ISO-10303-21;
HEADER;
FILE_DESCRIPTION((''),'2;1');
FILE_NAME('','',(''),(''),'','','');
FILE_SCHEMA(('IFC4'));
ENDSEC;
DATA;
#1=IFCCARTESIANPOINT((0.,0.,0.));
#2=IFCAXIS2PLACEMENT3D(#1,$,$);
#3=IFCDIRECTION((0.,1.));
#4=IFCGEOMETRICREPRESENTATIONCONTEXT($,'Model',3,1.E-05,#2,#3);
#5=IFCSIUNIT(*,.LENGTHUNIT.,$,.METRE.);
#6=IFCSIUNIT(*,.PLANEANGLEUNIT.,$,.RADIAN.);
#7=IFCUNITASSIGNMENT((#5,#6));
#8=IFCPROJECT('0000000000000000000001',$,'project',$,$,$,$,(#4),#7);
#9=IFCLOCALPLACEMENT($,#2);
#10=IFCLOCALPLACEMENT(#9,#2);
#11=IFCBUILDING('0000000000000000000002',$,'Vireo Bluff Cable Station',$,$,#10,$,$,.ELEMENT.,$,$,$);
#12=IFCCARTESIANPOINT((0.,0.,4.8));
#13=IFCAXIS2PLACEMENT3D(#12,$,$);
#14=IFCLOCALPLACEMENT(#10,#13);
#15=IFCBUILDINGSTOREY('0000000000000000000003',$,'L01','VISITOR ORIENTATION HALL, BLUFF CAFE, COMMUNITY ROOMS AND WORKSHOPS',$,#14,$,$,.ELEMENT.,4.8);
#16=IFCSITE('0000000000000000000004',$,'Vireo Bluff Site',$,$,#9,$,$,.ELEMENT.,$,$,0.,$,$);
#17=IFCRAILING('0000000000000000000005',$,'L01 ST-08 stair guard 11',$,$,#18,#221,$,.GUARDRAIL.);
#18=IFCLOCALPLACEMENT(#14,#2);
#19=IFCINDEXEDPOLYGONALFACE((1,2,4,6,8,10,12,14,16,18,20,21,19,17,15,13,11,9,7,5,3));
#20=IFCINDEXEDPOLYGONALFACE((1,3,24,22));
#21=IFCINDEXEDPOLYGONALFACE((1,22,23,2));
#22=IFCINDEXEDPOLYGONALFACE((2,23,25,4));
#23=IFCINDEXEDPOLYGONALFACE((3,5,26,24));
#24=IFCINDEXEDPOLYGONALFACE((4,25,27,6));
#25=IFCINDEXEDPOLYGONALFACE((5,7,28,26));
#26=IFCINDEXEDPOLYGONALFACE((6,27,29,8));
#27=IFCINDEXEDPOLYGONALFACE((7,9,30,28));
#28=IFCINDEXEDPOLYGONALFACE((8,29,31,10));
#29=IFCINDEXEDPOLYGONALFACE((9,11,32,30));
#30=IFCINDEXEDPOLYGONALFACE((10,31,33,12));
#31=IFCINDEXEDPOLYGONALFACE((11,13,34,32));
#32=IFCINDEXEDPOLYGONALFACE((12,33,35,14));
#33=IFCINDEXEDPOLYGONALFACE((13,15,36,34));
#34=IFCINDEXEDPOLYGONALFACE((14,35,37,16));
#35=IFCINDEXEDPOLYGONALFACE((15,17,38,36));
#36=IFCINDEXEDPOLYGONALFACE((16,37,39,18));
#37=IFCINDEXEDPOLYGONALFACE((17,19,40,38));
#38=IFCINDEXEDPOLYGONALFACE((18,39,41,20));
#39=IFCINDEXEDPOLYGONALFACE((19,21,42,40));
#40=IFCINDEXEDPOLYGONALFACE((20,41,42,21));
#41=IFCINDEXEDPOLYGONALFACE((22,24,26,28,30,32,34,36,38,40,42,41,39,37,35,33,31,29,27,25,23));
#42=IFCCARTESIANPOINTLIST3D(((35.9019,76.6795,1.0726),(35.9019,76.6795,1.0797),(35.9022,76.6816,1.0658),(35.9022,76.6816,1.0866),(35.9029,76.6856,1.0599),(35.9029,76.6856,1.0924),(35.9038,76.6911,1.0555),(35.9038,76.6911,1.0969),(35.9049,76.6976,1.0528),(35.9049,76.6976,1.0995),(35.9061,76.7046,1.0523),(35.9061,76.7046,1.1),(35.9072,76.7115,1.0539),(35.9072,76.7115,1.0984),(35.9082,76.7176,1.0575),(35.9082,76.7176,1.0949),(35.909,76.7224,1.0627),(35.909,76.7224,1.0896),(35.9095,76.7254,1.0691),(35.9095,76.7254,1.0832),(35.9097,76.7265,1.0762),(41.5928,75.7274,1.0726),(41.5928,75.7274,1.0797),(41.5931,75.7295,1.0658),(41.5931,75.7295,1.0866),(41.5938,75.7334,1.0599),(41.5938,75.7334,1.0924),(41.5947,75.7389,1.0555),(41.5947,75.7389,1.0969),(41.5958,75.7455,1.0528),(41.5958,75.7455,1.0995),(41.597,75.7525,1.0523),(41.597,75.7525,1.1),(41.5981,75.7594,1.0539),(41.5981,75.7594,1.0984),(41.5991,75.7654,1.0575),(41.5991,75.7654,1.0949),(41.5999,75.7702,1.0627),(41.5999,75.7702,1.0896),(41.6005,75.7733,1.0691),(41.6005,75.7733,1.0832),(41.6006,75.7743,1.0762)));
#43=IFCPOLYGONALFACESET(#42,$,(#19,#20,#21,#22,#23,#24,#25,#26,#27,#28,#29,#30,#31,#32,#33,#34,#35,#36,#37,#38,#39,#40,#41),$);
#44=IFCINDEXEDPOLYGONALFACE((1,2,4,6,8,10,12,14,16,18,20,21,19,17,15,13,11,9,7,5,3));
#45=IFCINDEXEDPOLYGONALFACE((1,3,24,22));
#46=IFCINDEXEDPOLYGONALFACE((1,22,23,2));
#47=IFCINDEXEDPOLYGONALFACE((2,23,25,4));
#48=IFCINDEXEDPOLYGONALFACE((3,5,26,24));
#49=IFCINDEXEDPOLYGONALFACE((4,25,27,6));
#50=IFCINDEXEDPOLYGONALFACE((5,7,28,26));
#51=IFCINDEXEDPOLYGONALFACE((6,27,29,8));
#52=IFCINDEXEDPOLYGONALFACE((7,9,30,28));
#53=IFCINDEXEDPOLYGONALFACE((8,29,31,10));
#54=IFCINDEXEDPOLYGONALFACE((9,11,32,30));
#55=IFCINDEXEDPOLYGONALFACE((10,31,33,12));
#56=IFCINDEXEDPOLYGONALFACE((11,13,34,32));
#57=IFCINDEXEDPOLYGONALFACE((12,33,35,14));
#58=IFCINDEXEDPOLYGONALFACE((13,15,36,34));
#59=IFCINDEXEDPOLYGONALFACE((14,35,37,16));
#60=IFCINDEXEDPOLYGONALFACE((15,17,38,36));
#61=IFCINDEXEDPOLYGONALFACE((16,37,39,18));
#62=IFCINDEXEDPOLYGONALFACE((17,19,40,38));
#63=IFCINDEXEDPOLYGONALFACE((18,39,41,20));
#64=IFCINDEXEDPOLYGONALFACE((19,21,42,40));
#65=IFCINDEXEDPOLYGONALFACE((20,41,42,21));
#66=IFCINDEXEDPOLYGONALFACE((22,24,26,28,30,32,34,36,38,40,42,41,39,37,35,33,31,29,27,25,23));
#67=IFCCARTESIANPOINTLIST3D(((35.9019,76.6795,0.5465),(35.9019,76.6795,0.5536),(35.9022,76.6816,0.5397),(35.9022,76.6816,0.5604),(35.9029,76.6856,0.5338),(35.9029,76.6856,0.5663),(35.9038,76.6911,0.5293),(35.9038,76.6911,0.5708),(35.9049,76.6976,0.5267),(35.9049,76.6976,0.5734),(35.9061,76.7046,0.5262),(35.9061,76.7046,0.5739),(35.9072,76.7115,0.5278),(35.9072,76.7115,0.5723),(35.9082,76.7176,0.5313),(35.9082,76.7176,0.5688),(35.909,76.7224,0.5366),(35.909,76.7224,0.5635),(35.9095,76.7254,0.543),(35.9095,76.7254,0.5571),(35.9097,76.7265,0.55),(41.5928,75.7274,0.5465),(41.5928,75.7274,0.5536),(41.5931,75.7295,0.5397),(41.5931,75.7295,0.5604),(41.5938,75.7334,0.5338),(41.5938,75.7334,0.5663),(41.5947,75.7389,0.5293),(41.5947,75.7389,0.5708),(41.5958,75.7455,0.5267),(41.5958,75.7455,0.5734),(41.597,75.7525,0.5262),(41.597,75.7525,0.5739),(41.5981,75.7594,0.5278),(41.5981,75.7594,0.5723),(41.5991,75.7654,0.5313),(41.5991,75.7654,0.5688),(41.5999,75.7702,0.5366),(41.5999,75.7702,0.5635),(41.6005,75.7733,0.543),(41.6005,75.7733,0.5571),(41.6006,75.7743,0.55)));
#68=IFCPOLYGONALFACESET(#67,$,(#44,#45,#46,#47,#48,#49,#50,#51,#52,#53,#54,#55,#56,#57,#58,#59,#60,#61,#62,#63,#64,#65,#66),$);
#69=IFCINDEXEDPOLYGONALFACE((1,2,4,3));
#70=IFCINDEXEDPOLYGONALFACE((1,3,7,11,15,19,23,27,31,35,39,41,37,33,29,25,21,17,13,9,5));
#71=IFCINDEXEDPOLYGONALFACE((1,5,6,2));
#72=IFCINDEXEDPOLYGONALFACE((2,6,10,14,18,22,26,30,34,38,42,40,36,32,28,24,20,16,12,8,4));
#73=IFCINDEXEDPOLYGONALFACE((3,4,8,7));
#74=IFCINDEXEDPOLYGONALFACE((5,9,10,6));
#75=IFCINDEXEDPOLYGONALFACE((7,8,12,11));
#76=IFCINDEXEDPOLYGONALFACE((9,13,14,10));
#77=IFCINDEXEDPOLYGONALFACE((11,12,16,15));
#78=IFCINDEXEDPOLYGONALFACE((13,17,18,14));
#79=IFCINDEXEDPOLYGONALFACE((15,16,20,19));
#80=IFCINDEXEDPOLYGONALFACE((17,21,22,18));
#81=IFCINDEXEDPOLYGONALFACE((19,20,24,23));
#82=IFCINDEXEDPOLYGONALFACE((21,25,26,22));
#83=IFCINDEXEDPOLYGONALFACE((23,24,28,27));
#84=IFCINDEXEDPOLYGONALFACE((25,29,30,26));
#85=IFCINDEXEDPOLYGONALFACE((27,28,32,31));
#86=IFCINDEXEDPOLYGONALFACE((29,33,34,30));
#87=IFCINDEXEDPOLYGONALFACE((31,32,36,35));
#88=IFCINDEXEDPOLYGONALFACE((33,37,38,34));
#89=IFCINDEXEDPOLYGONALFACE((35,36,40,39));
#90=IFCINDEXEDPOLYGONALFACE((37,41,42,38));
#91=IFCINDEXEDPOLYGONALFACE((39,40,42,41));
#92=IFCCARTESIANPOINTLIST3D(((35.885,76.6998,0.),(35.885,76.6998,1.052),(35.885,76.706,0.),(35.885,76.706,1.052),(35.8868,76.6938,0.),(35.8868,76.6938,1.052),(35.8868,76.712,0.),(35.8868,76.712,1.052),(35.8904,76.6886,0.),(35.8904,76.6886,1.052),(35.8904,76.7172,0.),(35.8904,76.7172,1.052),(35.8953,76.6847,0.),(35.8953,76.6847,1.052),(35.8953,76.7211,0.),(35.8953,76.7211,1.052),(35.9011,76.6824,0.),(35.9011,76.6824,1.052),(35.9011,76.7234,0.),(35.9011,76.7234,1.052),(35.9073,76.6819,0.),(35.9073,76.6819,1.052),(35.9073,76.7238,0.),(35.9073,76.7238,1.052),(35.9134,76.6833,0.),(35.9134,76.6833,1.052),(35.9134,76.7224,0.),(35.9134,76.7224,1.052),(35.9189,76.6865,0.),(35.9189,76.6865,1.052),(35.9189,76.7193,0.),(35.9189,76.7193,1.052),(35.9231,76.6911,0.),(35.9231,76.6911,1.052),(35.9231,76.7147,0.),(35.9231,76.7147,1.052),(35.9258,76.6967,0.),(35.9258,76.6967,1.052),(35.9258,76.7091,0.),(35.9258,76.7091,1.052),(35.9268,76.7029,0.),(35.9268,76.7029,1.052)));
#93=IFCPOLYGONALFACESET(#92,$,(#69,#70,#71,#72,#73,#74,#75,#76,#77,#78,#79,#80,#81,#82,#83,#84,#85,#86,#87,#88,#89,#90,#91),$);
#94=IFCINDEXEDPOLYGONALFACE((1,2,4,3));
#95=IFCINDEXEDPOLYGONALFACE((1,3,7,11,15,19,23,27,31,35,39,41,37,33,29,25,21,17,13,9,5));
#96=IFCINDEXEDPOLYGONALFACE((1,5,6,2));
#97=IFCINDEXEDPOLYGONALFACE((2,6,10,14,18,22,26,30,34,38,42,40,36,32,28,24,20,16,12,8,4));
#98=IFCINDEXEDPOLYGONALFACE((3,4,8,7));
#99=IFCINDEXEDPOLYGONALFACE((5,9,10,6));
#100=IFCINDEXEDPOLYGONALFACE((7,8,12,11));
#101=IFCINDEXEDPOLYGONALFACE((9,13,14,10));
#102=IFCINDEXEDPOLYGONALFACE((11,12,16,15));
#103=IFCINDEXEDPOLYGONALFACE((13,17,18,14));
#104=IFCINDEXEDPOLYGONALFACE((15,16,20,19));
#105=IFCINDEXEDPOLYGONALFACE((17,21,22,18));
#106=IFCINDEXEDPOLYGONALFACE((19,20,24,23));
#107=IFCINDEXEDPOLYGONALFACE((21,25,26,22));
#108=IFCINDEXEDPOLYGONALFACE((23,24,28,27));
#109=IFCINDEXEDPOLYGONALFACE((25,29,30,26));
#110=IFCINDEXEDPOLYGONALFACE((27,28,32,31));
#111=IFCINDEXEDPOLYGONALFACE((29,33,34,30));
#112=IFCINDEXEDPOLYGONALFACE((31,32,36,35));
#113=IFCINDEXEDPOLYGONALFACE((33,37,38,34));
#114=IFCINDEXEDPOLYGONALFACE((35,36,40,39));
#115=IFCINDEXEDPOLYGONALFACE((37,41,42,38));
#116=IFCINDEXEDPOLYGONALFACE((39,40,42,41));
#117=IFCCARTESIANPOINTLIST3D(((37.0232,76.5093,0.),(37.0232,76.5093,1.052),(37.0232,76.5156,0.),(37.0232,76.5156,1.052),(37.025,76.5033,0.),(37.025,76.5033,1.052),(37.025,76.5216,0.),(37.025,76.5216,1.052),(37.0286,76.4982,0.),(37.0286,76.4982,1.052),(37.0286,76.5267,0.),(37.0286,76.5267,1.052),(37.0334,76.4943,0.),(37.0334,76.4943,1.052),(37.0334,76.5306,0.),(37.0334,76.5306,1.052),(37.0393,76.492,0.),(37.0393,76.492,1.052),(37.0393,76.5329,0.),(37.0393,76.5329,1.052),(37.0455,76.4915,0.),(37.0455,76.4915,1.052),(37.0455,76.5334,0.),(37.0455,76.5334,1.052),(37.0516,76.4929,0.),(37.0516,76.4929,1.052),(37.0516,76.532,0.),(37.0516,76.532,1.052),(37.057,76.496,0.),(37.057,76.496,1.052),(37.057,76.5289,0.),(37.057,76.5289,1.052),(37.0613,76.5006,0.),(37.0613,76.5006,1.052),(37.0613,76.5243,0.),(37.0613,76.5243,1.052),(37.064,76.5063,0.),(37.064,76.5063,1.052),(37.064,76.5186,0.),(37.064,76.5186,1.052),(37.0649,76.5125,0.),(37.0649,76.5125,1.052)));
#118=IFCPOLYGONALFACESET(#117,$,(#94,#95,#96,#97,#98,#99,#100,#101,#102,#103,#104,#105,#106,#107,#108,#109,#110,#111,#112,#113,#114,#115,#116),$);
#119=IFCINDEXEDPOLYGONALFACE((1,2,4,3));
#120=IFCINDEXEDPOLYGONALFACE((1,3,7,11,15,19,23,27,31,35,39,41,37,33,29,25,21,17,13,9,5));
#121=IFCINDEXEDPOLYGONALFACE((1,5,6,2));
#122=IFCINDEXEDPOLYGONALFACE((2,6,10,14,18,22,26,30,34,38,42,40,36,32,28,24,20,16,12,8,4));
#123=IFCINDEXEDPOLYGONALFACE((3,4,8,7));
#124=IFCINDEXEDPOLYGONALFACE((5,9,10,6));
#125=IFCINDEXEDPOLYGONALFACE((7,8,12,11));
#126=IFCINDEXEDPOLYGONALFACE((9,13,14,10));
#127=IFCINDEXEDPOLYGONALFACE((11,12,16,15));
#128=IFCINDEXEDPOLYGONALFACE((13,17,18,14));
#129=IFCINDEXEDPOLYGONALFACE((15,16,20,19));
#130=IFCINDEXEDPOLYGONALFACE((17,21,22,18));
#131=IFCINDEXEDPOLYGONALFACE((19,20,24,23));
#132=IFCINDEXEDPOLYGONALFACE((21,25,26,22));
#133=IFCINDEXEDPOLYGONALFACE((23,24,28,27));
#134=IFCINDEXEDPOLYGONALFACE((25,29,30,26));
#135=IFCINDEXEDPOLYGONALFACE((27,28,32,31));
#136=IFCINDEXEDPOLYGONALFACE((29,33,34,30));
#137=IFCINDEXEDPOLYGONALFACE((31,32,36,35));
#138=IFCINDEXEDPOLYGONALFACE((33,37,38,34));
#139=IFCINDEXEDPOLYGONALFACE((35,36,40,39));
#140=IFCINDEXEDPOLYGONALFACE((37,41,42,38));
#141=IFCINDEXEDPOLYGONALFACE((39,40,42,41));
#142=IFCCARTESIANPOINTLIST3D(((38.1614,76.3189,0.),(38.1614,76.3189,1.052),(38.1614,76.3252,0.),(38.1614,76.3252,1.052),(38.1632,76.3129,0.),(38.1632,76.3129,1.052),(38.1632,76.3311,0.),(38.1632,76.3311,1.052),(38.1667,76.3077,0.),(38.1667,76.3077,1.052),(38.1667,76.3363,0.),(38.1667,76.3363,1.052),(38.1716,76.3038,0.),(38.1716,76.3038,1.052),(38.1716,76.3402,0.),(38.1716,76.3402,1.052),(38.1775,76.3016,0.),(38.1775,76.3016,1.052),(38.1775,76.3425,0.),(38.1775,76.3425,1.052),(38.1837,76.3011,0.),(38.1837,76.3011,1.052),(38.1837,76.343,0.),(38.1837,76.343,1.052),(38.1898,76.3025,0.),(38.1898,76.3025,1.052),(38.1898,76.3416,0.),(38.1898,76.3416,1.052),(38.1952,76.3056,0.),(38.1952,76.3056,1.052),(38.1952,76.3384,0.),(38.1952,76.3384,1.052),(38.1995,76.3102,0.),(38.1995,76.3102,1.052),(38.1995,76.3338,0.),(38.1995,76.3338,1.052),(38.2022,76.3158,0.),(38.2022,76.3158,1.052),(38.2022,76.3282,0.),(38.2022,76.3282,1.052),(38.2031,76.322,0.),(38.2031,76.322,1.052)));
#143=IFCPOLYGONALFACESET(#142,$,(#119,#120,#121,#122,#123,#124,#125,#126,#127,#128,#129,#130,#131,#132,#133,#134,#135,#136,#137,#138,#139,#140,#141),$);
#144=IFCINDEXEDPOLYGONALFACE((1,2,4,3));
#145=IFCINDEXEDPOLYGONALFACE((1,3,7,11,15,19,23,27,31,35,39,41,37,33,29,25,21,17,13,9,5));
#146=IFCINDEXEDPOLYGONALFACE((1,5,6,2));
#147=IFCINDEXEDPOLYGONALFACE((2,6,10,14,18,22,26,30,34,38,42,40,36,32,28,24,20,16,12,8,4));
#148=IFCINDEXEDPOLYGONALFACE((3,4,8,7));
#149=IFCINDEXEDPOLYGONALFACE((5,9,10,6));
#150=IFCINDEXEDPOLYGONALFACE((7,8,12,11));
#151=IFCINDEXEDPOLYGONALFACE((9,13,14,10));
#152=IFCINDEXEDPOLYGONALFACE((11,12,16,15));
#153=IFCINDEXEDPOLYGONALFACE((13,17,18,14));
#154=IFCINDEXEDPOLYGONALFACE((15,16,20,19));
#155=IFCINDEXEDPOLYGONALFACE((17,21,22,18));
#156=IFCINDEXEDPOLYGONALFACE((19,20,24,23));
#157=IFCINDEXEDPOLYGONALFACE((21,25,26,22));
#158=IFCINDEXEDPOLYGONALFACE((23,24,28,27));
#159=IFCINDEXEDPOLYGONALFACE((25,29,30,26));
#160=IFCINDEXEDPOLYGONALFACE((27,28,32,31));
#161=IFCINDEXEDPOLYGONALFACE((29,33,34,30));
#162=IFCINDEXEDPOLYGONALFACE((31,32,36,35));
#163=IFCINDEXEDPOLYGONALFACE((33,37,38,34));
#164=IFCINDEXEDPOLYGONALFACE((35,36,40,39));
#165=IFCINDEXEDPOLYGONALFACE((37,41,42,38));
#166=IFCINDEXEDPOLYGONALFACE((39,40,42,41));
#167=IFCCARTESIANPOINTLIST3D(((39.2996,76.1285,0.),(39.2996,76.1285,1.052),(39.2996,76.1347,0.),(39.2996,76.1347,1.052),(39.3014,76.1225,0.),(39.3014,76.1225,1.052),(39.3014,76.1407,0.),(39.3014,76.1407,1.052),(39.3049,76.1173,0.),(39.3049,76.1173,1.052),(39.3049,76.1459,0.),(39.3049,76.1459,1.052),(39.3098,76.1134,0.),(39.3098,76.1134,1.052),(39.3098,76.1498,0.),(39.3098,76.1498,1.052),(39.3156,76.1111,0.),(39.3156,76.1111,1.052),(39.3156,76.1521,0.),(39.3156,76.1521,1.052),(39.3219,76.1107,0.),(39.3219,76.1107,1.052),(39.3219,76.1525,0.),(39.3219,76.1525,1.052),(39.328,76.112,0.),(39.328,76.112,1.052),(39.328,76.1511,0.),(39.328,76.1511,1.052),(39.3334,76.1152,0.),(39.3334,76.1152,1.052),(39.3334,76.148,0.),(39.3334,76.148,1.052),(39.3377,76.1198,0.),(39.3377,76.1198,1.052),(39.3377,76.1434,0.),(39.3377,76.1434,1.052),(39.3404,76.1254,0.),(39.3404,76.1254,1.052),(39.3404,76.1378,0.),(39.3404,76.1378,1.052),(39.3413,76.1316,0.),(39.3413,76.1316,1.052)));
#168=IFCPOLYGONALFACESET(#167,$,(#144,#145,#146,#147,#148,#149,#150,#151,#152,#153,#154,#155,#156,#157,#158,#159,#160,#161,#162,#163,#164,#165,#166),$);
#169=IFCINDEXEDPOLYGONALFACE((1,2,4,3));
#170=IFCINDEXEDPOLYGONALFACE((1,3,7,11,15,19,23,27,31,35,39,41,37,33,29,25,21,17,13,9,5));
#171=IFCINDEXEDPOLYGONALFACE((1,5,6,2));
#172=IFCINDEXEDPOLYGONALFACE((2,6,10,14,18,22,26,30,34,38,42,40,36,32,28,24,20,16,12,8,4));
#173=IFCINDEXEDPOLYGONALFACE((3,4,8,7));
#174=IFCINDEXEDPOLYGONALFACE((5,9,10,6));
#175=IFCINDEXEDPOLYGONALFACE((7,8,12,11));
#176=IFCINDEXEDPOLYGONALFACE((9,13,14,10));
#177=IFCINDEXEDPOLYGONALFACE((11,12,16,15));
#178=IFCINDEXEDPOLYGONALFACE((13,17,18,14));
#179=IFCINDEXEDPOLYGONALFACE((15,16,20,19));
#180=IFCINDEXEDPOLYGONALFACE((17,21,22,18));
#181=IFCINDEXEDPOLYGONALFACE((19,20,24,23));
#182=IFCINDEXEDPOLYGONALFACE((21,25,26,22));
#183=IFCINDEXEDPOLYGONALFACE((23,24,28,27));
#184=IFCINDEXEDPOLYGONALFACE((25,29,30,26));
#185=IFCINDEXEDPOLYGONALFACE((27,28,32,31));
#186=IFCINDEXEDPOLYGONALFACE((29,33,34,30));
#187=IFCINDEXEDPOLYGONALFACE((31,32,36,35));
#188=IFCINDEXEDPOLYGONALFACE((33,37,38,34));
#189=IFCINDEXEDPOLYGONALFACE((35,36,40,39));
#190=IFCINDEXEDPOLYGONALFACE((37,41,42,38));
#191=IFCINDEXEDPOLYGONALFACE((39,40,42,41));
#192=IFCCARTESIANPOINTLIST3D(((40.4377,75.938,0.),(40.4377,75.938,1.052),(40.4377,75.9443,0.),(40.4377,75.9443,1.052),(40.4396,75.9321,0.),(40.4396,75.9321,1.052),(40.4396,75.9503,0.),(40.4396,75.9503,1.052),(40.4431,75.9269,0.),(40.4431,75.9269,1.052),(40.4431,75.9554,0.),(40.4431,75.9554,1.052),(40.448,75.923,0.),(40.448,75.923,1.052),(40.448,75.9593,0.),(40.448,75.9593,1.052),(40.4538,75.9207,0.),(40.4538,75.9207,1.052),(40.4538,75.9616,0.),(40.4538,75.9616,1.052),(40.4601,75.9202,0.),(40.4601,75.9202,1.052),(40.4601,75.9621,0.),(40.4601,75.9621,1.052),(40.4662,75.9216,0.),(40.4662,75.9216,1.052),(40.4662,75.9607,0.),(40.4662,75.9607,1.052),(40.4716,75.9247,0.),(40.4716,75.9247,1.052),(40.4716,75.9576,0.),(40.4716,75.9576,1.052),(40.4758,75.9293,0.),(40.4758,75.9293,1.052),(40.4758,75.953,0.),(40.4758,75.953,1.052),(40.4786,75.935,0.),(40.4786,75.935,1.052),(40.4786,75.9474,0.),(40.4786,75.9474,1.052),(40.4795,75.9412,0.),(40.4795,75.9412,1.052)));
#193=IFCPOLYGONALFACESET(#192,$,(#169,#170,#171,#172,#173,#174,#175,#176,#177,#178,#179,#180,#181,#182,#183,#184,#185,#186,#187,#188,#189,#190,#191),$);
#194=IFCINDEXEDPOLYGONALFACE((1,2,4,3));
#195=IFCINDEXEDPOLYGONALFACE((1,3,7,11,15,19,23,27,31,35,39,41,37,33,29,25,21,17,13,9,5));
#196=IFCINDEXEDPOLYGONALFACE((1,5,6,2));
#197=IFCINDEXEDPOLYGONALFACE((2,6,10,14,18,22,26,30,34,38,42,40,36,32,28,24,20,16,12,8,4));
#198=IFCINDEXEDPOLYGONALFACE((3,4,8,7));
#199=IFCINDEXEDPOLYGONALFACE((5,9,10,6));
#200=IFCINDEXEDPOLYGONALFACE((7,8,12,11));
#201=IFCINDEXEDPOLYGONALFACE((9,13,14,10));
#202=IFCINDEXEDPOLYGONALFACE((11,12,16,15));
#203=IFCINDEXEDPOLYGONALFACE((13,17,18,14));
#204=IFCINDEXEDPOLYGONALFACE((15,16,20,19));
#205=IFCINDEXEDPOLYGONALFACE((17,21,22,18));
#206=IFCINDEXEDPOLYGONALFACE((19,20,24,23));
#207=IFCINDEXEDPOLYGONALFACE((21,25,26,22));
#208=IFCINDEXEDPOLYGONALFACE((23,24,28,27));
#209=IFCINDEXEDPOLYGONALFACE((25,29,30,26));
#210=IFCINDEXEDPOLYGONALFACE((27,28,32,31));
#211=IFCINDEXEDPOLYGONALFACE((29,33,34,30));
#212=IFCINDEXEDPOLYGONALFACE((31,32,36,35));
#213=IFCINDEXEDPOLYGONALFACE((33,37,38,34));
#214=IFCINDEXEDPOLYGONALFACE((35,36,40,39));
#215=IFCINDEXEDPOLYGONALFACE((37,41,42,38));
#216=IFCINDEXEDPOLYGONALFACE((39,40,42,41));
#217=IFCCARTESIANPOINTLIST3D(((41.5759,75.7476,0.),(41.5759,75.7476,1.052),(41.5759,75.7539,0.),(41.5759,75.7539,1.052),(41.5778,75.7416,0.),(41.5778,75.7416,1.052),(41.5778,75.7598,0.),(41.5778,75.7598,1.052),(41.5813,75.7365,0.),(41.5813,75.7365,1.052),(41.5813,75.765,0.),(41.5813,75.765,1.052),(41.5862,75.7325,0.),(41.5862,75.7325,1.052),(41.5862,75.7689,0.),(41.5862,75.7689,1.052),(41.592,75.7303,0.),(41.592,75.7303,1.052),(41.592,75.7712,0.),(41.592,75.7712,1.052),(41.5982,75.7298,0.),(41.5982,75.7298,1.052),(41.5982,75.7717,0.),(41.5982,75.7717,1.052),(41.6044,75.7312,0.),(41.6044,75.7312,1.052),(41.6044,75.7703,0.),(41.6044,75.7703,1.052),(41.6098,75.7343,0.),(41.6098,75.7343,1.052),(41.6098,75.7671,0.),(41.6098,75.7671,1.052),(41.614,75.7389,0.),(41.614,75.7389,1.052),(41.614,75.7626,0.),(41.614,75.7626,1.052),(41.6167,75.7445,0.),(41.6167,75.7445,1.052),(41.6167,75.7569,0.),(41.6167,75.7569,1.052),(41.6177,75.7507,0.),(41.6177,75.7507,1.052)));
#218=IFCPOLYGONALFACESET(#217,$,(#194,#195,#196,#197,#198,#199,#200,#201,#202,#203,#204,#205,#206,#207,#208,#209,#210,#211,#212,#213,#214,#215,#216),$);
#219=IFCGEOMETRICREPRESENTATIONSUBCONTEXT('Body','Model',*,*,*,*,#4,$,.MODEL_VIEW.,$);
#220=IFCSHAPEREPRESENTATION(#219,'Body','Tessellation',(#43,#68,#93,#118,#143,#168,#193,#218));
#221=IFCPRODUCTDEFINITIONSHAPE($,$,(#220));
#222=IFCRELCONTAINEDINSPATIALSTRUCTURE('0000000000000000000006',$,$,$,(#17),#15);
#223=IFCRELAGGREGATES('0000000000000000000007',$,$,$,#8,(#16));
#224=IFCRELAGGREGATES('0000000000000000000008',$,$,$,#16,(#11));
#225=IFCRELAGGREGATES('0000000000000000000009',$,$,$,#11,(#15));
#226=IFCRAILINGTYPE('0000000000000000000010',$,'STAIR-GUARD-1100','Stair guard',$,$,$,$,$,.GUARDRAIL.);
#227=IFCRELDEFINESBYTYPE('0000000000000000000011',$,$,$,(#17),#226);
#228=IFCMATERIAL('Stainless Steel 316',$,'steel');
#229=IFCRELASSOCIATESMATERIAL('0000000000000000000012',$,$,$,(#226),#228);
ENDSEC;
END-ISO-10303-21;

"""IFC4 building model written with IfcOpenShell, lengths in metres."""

from ifc_helpers import new_model, si_unit, direction, frame, origin, origin_2d, place, context, subcontext, project, spatial, circle, extrude, material, type_object, element, save


model = new_model("IFC4")

# Units and contexts
model_context = context("Model", 3, precision=1e-05, world=origin(), true_north=direction((0.0, 1.0)))
body_context = subcontext(model_context, "Body", "Model", "MODEL_VIEW")
ifc_project = project(units=[si_unit("LENGTHUNIT", "METRE"), si_unit("PLANEANGLEUNIT", "RADIAN")], contexts=[model_context])

# Site, building, storey
site_placement = place(None, origin())
site = spatial("IfcSite", under=ifc_project, at=site_placement, Name="Vireo Bluff Site", CompositionType="ELEMENT", RefElevation=0.0)
building_placement = place(site_placement, origin())
building = spatial("IfcBuilding", under=site, at=building_placement, Name="Vireo Bluff Cable Station", CompositionType="ELEMENT")
storey_placement = place(building_placement, frame((0.0, 0.0, 4.8)))
storey = spatial("IfcBuildingStorey", under=building, at=storey_placement, Name="L01", Description="VISITOR ORIENTATION HALL, BLUFF CAFE, COMMUNITY ROOMS AND WORKSHOPS", CompositionType="ELEMENT", Elevation=4.8)

# Railing
ifc_material_1 = material(Name="Stainless Steel 316", Category="steel")
railing_type_1 = type_object("IfcRailingType", Name="STAIR-GUARD-1100", Description="Stair guard", PredefinedType="GUARDRAIL", material=ifc_material_1)
railing_1_placement = place(storey_placement, frame((35.9058, 76.7029, 0.0)))
element("IfcRailing", 1, at=railing_1_placement, inside=storey, type_object=railing_type_1, Name="L01 ST-08 stair guard 11", PredefinedType="GUARDRAIL", context=body_context, shape_type="SweptSolid", body=[
    extrude(circle(Radius=0.0239, at=origin_2d()), frame((0.0, 0.0, 1.0762), z_axis=(0.986291, -0.165016, 0.0), x_axis=(0.165016, 0.986291, 0.0)), (0.0, 0.0, 1.0), 5.77),
    extrude(circle(Radius=0.0239, at=origin_2d()), frame((0.0, 0.0, 0.55), z_axis=(0.986291, -0.165016, 0.0), x_axis=(0.165016, 0.986291, 0.0)), (0.0, 0.0, 1.0), 5.77),
    extrude(circle(Radius=0.021, at=origin_2d()), origin(), (0.0, 0.0, 1.0), 1.052),
    extrude(circle(Radius=0.021, at=origin_2d()), frame((1.1382, -0.1904, 0.0)), (0.0, 0.0, 1.0), 1.052),
    extrude(circle(Radius=0.021, at=origin_2d()), frame((2.2764, -0.3809, 0.0)), (0.0, 0.0, 1.0), 1.052),
    extrude(circle(Radius=0.021, at=origin_2d()), frame((3.4146, -0.5713, 0.0)), (0.0, 0.0, 1.0), 1.052),
    extrude(circle(Radius=0.021, at=origin_2d()), frame((4.5527, -0.7617, 0.0)), (0.0, 0.0, 1.0), 1.052),
    extrude(circle(Radius=0.021, at=origin_2d()), frame((5.6909, -0.9521, 0.0)), (0.0, 0.0, 1.0), 1.052),
])

save(model, "model.ifc")
